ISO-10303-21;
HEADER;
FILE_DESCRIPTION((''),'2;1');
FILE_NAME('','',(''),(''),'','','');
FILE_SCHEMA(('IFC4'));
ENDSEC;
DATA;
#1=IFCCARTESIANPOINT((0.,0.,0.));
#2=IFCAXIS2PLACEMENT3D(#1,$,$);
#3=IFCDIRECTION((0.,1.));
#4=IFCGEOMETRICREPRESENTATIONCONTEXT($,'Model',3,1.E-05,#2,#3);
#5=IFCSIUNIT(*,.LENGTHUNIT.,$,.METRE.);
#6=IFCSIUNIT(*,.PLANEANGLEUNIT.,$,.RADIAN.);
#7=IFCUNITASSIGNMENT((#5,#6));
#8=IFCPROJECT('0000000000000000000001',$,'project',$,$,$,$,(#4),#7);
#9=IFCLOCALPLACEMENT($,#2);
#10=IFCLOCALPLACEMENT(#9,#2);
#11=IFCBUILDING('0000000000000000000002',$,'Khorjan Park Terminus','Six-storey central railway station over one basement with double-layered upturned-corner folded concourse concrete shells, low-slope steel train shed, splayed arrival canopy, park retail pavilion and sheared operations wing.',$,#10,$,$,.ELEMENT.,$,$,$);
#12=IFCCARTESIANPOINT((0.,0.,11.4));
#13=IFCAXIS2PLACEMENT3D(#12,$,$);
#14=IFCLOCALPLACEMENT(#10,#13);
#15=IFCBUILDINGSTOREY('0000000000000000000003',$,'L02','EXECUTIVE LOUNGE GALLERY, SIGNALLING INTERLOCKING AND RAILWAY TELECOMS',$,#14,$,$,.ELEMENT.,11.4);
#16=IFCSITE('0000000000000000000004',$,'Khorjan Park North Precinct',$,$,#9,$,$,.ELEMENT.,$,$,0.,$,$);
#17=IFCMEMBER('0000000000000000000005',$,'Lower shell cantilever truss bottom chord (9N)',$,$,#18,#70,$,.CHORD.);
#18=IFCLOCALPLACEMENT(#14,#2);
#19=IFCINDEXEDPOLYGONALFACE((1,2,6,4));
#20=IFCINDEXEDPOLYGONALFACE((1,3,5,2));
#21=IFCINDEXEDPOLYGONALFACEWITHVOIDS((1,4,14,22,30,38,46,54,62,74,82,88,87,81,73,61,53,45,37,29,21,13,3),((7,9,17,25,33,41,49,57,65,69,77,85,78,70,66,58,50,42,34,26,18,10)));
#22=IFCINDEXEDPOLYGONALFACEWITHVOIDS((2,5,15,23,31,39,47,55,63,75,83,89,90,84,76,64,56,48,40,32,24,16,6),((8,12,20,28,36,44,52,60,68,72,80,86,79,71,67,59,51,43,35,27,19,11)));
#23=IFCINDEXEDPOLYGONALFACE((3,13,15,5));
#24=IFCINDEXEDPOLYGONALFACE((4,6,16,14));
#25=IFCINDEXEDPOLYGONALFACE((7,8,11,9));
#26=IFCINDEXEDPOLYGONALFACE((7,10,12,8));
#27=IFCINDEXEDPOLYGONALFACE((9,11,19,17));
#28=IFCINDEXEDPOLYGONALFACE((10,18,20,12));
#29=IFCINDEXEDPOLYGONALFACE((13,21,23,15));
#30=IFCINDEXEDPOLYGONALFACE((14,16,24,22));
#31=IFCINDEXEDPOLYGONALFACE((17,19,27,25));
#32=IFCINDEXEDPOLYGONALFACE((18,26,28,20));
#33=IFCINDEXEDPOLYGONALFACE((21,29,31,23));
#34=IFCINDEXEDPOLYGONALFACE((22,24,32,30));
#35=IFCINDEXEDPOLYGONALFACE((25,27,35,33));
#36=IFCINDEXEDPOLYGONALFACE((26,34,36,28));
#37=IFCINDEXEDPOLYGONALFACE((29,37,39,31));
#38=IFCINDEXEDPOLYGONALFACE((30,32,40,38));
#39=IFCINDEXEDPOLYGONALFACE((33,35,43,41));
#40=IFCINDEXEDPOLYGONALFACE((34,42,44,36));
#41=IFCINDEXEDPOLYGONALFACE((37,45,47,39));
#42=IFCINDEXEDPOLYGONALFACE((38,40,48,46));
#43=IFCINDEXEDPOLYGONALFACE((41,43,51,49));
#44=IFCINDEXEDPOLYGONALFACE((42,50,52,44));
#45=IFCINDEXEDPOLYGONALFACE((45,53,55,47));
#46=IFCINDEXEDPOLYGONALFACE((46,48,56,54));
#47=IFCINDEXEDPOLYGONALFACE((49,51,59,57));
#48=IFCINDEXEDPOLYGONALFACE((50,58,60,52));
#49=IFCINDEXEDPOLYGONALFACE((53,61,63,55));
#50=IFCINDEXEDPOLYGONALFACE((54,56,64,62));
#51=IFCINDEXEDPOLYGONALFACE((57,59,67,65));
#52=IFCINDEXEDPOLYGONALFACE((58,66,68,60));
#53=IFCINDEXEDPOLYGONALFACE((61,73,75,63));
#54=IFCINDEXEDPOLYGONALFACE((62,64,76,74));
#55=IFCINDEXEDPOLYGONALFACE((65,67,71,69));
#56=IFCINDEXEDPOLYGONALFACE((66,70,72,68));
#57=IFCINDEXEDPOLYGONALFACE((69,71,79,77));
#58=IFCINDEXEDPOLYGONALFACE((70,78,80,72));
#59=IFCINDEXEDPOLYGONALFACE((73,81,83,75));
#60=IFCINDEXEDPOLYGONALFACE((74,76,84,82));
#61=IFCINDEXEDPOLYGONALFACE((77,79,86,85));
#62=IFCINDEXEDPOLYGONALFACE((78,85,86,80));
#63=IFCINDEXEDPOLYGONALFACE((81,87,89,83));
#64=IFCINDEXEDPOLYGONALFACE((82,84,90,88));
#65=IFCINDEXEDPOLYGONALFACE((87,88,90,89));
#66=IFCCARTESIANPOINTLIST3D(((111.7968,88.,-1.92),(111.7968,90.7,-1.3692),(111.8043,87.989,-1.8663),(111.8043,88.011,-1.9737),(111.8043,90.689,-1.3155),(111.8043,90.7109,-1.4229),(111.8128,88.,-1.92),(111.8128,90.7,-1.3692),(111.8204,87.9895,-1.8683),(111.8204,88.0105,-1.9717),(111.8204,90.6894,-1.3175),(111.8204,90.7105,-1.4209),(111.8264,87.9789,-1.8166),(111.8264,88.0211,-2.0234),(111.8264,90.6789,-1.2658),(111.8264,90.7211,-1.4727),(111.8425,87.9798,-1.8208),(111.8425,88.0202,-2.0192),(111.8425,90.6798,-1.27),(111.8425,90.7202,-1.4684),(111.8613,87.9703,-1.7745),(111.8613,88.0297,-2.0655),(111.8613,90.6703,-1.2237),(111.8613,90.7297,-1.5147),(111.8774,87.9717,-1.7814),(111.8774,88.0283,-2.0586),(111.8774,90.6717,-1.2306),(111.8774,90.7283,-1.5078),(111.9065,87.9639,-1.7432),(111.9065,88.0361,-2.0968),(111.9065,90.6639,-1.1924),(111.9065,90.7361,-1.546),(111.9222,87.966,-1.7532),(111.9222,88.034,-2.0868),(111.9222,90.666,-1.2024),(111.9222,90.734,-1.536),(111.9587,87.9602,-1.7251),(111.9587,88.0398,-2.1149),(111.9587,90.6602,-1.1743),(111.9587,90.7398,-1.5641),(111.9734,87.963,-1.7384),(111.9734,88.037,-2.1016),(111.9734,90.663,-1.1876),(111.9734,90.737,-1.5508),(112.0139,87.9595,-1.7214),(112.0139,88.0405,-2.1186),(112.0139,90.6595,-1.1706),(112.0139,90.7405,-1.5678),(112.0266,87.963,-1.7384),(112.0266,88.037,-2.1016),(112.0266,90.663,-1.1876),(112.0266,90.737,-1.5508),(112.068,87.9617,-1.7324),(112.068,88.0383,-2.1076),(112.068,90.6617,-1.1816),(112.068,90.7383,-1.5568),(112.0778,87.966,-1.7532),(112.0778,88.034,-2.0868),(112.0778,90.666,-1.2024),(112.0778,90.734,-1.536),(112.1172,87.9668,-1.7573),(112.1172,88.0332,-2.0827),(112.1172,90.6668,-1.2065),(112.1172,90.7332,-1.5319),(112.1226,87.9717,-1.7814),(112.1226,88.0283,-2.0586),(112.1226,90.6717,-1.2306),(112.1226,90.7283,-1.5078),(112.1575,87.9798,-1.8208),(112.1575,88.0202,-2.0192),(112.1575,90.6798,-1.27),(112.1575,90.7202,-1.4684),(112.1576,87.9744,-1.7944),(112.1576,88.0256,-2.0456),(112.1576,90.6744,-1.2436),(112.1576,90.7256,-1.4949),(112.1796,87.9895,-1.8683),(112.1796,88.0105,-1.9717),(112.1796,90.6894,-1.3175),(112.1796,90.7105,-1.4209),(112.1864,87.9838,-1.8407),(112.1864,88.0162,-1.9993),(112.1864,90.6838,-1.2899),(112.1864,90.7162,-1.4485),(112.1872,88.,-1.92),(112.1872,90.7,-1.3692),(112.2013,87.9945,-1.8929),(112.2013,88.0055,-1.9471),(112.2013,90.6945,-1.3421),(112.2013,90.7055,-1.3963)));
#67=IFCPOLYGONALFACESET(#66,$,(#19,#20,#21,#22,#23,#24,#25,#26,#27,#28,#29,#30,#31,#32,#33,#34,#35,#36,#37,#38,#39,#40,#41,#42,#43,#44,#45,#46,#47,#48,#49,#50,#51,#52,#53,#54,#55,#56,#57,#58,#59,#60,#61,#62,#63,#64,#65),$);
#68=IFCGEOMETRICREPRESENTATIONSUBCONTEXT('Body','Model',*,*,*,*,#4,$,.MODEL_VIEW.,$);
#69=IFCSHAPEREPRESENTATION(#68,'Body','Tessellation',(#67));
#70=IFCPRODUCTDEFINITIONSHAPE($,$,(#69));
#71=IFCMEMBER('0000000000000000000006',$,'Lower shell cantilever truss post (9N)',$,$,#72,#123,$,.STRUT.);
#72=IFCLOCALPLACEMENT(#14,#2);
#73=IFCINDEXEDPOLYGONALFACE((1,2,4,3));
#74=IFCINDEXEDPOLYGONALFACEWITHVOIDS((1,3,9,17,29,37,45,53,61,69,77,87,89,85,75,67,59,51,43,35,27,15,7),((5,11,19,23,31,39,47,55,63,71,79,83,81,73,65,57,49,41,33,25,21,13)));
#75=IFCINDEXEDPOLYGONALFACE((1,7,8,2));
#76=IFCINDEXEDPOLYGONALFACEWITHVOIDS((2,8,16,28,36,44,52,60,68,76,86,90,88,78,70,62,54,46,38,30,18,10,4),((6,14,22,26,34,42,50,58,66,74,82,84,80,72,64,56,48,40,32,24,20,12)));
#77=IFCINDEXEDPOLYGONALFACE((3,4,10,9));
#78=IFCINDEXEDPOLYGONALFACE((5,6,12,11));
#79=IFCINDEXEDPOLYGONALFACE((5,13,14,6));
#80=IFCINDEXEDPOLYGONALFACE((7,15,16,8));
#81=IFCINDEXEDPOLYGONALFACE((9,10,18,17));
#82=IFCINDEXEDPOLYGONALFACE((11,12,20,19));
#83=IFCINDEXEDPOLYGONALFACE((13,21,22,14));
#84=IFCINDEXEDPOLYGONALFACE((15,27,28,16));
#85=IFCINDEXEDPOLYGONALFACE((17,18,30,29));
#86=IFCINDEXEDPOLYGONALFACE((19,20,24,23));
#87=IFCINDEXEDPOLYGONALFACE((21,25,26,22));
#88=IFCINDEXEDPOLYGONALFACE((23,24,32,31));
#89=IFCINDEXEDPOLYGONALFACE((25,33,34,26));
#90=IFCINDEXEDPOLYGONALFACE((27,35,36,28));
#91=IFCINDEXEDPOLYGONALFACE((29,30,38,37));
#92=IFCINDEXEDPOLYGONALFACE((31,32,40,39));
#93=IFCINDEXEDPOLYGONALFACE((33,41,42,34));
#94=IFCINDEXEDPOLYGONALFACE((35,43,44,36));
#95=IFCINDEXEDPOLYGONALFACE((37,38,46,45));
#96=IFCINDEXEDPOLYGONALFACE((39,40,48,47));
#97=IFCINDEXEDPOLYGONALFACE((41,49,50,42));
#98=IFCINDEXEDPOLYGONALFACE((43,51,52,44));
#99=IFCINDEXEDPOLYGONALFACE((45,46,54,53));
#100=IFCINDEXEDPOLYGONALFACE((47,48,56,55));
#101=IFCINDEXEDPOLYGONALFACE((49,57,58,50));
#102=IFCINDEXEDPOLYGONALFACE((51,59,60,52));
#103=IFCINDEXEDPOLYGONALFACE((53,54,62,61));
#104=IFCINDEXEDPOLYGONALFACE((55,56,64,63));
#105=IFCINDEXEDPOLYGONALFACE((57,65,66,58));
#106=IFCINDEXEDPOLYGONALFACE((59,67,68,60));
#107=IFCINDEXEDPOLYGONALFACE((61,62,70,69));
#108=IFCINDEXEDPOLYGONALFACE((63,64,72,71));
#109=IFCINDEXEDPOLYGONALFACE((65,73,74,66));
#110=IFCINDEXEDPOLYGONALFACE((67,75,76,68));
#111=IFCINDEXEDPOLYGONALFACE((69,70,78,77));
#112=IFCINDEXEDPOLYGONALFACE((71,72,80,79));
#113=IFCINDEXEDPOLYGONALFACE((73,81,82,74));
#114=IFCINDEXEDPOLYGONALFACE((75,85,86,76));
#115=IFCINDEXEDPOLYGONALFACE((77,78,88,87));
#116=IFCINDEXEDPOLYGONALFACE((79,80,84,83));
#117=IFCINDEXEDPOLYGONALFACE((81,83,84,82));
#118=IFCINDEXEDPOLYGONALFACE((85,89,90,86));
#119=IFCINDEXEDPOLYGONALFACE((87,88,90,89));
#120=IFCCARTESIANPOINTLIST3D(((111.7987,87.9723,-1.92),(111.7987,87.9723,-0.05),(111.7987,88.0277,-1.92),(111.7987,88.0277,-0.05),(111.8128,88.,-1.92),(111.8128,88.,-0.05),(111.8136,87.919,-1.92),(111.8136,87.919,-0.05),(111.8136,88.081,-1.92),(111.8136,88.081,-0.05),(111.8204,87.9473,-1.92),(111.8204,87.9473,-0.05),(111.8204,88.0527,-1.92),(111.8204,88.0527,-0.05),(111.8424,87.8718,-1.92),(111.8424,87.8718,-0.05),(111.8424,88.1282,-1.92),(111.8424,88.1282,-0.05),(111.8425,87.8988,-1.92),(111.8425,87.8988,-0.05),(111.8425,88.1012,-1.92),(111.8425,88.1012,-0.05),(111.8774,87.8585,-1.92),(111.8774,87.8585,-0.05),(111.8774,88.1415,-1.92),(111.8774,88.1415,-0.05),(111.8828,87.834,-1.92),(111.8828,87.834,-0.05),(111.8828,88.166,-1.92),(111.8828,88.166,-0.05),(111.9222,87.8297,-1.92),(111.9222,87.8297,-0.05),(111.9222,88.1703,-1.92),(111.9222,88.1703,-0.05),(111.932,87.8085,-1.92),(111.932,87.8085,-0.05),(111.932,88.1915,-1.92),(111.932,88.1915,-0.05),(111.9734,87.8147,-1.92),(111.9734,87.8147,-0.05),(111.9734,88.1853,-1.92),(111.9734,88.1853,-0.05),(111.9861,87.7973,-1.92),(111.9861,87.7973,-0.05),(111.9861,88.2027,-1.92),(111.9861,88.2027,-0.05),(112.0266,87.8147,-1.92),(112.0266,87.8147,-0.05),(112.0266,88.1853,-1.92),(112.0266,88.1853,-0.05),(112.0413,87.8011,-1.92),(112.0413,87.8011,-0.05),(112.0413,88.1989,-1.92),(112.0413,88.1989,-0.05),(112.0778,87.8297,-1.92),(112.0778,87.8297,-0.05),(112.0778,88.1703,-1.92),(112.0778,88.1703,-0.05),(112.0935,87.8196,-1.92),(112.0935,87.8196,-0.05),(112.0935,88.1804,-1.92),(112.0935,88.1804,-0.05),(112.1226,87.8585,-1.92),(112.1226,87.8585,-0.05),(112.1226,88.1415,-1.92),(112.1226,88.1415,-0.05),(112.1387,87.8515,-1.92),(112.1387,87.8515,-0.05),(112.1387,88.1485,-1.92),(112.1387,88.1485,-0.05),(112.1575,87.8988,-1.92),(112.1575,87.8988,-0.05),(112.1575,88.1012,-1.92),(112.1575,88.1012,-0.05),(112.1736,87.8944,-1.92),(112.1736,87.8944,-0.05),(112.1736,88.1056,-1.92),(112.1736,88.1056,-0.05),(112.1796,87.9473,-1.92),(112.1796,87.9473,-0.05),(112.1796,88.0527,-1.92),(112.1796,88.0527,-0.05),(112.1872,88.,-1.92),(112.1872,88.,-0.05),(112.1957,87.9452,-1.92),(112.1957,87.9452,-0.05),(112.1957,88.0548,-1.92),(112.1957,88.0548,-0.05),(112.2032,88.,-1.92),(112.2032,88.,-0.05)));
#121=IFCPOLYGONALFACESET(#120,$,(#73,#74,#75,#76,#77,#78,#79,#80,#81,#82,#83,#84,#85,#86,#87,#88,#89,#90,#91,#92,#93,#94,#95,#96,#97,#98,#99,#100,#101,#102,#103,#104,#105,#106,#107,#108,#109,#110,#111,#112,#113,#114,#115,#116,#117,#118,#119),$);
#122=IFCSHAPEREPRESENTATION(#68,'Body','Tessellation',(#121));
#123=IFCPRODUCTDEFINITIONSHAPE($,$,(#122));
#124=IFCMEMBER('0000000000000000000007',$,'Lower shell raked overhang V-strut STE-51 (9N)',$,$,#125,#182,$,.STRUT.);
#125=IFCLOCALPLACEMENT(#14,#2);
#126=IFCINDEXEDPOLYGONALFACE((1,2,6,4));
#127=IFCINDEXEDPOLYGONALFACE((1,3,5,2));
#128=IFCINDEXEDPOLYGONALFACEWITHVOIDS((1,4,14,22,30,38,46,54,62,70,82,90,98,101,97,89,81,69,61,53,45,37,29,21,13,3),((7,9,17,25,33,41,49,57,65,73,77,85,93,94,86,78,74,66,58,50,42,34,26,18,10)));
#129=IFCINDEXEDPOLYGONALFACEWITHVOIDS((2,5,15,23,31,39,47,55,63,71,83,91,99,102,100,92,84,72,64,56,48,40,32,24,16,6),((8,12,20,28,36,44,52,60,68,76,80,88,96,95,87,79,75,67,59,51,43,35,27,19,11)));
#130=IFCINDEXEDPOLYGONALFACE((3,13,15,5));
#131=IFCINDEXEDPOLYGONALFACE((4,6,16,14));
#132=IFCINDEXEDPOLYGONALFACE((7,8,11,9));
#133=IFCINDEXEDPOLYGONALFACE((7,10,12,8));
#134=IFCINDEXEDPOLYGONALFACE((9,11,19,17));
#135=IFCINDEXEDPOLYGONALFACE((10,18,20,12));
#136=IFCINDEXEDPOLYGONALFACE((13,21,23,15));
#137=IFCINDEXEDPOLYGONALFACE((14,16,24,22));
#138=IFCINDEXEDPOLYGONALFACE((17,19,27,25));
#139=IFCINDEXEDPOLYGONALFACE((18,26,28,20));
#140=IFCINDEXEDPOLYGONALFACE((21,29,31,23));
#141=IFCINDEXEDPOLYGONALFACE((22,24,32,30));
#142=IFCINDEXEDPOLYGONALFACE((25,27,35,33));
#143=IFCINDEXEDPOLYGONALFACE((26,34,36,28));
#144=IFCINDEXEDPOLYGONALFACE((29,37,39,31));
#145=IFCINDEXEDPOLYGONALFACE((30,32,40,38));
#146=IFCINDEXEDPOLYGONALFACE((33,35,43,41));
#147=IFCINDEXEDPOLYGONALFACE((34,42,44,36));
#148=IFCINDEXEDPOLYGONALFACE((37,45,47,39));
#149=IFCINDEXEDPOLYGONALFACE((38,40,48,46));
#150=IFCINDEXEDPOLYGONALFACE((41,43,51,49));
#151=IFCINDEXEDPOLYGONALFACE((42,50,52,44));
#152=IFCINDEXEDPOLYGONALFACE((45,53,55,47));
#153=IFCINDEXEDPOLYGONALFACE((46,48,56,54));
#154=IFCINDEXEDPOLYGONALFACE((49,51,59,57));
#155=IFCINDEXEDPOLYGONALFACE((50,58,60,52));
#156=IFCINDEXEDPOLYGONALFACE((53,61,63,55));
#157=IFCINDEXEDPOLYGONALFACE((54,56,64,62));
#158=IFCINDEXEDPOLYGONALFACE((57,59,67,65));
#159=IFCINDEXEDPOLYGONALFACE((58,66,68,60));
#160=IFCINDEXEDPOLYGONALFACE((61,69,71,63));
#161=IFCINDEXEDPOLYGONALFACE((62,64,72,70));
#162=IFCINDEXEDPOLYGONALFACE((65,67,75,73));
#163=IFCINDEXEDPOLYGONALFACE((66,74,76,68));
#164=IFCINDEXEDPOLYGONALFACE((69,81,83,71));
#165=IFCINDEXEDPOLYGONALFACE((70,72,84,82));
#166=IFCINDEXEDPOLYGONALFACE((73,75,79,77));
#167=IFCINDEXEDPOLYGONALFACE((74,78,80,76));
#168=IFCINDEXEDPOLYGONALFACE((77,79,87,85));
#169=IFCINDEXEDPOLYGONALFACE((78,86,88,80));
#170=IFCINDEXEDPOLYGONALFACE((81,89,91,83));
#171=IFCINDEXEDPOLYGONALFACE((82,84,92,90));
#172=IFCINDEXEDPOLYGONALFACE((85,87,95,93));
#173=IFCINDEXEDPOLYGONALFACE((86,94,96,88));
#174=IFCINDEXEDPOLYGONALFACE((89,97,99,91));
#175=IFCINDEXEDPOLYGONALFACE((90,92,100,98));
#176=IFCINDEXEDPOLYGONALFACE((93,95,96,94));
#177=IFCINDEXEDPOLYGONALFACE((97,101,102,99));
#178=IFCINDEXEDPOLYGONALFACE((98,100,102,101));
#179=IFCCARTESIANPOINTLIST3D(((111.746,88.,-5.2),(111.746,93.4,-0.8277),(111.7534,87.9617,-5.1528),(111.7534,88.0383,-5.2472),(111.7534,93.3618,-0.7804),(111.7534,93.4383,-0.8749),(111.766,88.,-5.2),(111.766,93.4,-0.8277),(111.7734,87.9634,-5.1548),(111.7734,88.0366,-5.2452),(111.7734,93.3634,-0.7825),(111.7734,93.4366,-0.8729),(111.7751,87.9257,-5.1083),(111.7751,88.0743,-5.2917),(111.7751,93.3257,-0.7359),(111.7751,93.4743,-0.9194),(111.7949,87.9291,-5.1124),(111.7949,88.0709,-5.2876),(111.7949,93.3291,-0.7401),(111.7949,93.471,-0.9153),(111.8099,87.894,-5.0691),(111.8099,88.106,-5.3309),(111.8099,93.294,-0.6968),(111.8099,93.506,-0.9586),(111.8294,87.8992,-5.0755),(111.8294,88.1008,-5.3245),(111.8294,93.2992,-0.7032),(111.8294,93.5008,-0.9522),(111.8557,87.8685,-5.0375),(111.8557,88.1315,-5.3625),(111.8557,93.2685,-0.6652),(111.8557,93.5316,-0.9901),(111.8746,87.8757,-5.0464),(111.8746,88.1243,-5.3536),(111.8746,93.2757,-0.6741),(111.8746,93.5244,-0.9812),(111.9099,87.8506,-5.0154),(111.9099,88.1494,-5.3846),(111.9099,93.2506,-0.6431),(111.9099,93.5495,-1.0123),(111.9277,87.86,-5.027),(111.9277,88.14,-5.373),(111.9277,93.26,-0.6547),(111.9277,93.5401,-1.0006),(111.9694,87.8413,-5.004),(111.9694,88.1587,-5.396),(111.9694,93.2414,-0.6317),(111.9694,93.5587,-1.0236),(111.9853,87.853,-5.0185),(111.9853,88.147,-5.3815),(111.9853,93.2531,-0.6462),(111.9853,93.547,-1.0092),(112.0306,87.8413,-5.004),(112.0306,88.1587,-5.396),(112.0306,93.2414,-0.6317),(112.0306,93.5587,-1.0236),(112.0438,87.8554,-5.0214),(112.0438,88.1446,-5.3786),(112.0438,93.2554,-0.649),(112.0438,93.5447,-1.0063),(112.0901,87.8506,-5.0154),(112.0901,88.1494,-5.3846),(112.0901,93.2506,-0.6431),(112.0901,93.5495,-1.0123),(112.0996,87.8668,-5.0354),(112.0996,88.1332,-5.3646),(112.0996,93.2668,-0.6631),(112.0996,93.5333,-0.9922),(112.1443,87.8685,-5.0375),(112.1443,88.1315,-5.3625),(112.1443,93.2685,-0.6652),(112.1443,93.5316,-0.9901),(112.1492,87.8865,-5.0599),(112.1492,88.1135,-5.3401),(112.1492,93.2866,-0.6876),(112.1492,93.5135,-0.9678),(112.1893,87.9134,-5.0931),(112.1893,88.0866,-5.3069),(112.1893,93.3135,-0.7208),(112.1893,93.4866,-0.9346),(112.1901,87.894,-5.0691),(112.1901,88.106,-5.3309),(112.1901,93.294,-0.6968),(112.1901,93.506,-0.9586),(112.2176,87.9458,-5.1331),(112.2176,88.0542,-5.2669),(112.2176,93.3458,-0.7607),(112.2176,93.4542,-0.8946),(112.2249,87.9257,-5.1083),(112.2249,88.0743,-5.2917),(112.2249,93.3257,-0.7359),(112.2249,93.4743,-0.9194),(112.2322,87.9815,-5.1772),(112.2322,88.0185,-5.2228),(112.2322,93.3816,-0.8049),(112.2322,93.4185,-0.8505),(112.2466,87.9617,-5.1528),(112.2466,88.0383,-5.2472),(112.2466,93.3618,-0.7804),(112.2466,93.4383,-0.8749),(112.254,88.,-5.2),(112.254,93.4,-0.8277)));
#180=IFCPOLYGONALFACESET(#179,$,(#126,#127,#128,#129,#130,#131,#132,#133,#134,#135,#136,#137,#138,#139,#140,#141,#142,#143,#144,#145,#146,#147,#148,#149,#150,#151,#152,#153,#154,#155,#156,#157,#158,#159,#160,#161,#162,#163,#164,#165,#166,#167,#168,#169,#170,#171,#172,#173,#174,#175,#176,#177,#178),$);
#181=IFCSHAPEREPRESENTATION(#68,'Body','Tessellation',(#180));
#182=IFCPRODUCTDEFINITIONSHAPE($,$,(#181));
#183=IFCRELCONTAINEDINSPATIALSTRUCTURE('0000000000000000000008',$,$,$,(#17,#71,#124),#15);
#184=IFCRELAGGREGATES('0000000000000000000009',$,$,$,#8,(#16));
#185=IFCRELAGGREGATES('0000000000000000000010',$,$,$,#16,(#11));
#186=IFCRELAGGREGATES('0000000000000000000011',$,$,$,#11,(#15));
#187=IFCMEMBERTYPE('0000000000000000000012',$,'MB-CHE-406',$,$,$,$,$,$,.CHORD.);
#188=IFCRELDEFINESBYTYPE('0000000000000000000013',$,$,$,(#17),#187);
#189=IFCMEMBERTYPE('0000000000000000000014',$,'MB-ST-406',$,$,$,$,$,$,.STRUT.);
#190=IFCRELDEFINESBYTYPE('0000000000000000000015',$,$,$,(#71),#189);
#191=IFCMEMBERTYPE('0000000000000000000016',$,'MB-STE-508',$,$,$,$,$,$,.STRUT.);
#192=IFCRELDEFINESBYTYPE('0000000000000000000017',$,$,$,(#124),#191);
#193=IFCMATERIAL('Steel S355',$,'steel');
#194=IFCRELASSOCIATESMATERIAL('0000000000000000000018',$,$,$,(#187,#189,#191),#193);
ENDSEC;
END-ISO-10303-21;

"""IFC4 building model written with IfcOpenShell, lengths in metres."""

from ifc_helpers import new_model, si_unit, direction, frame, origin, origin_2d, place, context, subcontext, project, spatial, hollow_circle, extrude, material, material_profile, profile_set, type_object, element, save


model = new_model("IFC4")

# Units and contexts
model_context = context("Model", 3, precision=1e-05, world=origin(), true_north=direction((0.0, 1.0)))
body_context = subcontext(model_context, "Body", "Model", "MODEL_VIEW")
ifc_project = project(units=[si_unit("LENGTHUNIT", "METRE"), si_unit("PLANEANGLEUNIT", "RADIAN")], contexts=[model_context])

# Site, building, storey
site_placement = place(None, origin())
site = spatial("IfcSite", under=ifc_project, at=site_placement, Name="Khorjan Park North Precinct", CompositionType="ELEMENT", RefElevation=0.0)
building_placement = place(site_placement, origin())
building = spatial("IfcBuilding", under=site, at=building_placement, Name="Khorjan Park Terminus", Description="Six-storey central railway station over one basement with double-layered upturned-corner folded concourse concrete shells, low-slope steel train shed, splayed arrival canopy, park retail pavilion and sheared operations wing.", CompositionType="ELEMENT")
storey_placement = place(building_placement, frame((0.0, 0.0, 11.4)))
storey = spatial("IfcBuildingStorey", under=building, at=storey_placement, Name="L02", Description="EXECUTIVE LOUNGE GALLERY, SIGNALLING INTERLOCKING AND RAILWAY TELECOMS", CompositionType="ELEMENT", Elevation=11.4)

# Members
ifc_material_1 = material(Name="Steel S355", Category="steel")
ifc_material_profile_1 = material_profile(ifc_material_1, hollow_circle(Radius=0.2032, WallThickness=0.016, at=origin_2d()), Name="CHS 406.4x16")
ifc_profile_set_1 = profile_set([ifc_material_profile_1], Name="Steel S355")
member_type_1 = type_object("IfcMemberType", Name="MB-CHE-406", PredefinedType="CHORD", material=ifc_profile_set_1)
member_1_placement = place(storey_placement, frame((112.0, 88.0, -1.92), z_axis=(0.0, 0.97982, 0.199883), x_axis=(-1.0, 0.0, 0.0)))
element("IfcMember", 1, at=member_1_placement, inside=storey, type_object=member_type_1, Name="Lower shell cantilever truss bottom chord (9N)", PredefinedType="CHORD", context=body_context, shape_type="SweptSolid", body=[
    extrude(hollow_circle(Radius=0.2032, WallThickness=0.016, at=origin_2d()), origin(), (0.0, 0.0, 1.0), 2.7556),
])
ifc_material_profile_2 = material_profile(ifc_material_1, hollow_circle(Radius=0.2032, WallThickness=0.016, at=origin_2d()), Name="CHS 406.4x16")
ifc_profile_set_2 = profile_set([ifc_material_profile_2], Name="Steel S355")
member_type_2 = type_object("IfcMemberType", Name="MB-ST-406", PredefinedType="STRUT", material=ifc_profile_set_2)
member_2_placement = place(storey_placement, frame((112.0, 88.0, -1.92), z_axis=(0.0, 0.0, 1.0), x_axis=(1.0, 0.0, 0.0)))
element("IfcMember", 2, at=member_2_placement, inside=storey, type_object=member_type_2, Name="Lower shell cantilever truss post (9N)", PredefinedType="STRUT", context=body_context, shape_type="SweptSolid", body=[
    extrude(hollow_circle(Radius=0.2032, WallThickness=0.016, at=origin_2d()), origin(), (0.0, 0.0, 1.0), 1.87),
])
ifc_material_profile_3 = material_profile(ifc_material_1, hollow_circle(Radius=0.254, WallThickness=0.02, at=origin_2d()), Name="CHS 508x20")
ifc_profile_set_3 = profile_set([ifc_material_profile_3], Name="Steel S355")
member_type_3 = type_object("IfcMemberType", Name="MB-STE-508", PredefinedType="STRUT", material=ifc_profile_set_3)
member_3_placement = place(storey_placement, frame((112.0, 88.0, -5.2), z_axis=(0.0, 0.777184, 0.629274), x_axis=(-1.0, 0.0, 0.0)))
element("IfcMember", 3, at=member_3_placement, inside=storey, type_object=member_type_3, Name="Lower shell raked overhang V-strut STE-51 (9N)", PredefinedType="STRUT", context=body_context, shape_type="SweptSolid", body=[
    extrude(hollow_circle(Radius=0.254, WallThickness=0.02, at=origin_2d()), origin(), (0.0, 0.0, 1.0), 6.9482),
])

save(model, "model.ifc")
